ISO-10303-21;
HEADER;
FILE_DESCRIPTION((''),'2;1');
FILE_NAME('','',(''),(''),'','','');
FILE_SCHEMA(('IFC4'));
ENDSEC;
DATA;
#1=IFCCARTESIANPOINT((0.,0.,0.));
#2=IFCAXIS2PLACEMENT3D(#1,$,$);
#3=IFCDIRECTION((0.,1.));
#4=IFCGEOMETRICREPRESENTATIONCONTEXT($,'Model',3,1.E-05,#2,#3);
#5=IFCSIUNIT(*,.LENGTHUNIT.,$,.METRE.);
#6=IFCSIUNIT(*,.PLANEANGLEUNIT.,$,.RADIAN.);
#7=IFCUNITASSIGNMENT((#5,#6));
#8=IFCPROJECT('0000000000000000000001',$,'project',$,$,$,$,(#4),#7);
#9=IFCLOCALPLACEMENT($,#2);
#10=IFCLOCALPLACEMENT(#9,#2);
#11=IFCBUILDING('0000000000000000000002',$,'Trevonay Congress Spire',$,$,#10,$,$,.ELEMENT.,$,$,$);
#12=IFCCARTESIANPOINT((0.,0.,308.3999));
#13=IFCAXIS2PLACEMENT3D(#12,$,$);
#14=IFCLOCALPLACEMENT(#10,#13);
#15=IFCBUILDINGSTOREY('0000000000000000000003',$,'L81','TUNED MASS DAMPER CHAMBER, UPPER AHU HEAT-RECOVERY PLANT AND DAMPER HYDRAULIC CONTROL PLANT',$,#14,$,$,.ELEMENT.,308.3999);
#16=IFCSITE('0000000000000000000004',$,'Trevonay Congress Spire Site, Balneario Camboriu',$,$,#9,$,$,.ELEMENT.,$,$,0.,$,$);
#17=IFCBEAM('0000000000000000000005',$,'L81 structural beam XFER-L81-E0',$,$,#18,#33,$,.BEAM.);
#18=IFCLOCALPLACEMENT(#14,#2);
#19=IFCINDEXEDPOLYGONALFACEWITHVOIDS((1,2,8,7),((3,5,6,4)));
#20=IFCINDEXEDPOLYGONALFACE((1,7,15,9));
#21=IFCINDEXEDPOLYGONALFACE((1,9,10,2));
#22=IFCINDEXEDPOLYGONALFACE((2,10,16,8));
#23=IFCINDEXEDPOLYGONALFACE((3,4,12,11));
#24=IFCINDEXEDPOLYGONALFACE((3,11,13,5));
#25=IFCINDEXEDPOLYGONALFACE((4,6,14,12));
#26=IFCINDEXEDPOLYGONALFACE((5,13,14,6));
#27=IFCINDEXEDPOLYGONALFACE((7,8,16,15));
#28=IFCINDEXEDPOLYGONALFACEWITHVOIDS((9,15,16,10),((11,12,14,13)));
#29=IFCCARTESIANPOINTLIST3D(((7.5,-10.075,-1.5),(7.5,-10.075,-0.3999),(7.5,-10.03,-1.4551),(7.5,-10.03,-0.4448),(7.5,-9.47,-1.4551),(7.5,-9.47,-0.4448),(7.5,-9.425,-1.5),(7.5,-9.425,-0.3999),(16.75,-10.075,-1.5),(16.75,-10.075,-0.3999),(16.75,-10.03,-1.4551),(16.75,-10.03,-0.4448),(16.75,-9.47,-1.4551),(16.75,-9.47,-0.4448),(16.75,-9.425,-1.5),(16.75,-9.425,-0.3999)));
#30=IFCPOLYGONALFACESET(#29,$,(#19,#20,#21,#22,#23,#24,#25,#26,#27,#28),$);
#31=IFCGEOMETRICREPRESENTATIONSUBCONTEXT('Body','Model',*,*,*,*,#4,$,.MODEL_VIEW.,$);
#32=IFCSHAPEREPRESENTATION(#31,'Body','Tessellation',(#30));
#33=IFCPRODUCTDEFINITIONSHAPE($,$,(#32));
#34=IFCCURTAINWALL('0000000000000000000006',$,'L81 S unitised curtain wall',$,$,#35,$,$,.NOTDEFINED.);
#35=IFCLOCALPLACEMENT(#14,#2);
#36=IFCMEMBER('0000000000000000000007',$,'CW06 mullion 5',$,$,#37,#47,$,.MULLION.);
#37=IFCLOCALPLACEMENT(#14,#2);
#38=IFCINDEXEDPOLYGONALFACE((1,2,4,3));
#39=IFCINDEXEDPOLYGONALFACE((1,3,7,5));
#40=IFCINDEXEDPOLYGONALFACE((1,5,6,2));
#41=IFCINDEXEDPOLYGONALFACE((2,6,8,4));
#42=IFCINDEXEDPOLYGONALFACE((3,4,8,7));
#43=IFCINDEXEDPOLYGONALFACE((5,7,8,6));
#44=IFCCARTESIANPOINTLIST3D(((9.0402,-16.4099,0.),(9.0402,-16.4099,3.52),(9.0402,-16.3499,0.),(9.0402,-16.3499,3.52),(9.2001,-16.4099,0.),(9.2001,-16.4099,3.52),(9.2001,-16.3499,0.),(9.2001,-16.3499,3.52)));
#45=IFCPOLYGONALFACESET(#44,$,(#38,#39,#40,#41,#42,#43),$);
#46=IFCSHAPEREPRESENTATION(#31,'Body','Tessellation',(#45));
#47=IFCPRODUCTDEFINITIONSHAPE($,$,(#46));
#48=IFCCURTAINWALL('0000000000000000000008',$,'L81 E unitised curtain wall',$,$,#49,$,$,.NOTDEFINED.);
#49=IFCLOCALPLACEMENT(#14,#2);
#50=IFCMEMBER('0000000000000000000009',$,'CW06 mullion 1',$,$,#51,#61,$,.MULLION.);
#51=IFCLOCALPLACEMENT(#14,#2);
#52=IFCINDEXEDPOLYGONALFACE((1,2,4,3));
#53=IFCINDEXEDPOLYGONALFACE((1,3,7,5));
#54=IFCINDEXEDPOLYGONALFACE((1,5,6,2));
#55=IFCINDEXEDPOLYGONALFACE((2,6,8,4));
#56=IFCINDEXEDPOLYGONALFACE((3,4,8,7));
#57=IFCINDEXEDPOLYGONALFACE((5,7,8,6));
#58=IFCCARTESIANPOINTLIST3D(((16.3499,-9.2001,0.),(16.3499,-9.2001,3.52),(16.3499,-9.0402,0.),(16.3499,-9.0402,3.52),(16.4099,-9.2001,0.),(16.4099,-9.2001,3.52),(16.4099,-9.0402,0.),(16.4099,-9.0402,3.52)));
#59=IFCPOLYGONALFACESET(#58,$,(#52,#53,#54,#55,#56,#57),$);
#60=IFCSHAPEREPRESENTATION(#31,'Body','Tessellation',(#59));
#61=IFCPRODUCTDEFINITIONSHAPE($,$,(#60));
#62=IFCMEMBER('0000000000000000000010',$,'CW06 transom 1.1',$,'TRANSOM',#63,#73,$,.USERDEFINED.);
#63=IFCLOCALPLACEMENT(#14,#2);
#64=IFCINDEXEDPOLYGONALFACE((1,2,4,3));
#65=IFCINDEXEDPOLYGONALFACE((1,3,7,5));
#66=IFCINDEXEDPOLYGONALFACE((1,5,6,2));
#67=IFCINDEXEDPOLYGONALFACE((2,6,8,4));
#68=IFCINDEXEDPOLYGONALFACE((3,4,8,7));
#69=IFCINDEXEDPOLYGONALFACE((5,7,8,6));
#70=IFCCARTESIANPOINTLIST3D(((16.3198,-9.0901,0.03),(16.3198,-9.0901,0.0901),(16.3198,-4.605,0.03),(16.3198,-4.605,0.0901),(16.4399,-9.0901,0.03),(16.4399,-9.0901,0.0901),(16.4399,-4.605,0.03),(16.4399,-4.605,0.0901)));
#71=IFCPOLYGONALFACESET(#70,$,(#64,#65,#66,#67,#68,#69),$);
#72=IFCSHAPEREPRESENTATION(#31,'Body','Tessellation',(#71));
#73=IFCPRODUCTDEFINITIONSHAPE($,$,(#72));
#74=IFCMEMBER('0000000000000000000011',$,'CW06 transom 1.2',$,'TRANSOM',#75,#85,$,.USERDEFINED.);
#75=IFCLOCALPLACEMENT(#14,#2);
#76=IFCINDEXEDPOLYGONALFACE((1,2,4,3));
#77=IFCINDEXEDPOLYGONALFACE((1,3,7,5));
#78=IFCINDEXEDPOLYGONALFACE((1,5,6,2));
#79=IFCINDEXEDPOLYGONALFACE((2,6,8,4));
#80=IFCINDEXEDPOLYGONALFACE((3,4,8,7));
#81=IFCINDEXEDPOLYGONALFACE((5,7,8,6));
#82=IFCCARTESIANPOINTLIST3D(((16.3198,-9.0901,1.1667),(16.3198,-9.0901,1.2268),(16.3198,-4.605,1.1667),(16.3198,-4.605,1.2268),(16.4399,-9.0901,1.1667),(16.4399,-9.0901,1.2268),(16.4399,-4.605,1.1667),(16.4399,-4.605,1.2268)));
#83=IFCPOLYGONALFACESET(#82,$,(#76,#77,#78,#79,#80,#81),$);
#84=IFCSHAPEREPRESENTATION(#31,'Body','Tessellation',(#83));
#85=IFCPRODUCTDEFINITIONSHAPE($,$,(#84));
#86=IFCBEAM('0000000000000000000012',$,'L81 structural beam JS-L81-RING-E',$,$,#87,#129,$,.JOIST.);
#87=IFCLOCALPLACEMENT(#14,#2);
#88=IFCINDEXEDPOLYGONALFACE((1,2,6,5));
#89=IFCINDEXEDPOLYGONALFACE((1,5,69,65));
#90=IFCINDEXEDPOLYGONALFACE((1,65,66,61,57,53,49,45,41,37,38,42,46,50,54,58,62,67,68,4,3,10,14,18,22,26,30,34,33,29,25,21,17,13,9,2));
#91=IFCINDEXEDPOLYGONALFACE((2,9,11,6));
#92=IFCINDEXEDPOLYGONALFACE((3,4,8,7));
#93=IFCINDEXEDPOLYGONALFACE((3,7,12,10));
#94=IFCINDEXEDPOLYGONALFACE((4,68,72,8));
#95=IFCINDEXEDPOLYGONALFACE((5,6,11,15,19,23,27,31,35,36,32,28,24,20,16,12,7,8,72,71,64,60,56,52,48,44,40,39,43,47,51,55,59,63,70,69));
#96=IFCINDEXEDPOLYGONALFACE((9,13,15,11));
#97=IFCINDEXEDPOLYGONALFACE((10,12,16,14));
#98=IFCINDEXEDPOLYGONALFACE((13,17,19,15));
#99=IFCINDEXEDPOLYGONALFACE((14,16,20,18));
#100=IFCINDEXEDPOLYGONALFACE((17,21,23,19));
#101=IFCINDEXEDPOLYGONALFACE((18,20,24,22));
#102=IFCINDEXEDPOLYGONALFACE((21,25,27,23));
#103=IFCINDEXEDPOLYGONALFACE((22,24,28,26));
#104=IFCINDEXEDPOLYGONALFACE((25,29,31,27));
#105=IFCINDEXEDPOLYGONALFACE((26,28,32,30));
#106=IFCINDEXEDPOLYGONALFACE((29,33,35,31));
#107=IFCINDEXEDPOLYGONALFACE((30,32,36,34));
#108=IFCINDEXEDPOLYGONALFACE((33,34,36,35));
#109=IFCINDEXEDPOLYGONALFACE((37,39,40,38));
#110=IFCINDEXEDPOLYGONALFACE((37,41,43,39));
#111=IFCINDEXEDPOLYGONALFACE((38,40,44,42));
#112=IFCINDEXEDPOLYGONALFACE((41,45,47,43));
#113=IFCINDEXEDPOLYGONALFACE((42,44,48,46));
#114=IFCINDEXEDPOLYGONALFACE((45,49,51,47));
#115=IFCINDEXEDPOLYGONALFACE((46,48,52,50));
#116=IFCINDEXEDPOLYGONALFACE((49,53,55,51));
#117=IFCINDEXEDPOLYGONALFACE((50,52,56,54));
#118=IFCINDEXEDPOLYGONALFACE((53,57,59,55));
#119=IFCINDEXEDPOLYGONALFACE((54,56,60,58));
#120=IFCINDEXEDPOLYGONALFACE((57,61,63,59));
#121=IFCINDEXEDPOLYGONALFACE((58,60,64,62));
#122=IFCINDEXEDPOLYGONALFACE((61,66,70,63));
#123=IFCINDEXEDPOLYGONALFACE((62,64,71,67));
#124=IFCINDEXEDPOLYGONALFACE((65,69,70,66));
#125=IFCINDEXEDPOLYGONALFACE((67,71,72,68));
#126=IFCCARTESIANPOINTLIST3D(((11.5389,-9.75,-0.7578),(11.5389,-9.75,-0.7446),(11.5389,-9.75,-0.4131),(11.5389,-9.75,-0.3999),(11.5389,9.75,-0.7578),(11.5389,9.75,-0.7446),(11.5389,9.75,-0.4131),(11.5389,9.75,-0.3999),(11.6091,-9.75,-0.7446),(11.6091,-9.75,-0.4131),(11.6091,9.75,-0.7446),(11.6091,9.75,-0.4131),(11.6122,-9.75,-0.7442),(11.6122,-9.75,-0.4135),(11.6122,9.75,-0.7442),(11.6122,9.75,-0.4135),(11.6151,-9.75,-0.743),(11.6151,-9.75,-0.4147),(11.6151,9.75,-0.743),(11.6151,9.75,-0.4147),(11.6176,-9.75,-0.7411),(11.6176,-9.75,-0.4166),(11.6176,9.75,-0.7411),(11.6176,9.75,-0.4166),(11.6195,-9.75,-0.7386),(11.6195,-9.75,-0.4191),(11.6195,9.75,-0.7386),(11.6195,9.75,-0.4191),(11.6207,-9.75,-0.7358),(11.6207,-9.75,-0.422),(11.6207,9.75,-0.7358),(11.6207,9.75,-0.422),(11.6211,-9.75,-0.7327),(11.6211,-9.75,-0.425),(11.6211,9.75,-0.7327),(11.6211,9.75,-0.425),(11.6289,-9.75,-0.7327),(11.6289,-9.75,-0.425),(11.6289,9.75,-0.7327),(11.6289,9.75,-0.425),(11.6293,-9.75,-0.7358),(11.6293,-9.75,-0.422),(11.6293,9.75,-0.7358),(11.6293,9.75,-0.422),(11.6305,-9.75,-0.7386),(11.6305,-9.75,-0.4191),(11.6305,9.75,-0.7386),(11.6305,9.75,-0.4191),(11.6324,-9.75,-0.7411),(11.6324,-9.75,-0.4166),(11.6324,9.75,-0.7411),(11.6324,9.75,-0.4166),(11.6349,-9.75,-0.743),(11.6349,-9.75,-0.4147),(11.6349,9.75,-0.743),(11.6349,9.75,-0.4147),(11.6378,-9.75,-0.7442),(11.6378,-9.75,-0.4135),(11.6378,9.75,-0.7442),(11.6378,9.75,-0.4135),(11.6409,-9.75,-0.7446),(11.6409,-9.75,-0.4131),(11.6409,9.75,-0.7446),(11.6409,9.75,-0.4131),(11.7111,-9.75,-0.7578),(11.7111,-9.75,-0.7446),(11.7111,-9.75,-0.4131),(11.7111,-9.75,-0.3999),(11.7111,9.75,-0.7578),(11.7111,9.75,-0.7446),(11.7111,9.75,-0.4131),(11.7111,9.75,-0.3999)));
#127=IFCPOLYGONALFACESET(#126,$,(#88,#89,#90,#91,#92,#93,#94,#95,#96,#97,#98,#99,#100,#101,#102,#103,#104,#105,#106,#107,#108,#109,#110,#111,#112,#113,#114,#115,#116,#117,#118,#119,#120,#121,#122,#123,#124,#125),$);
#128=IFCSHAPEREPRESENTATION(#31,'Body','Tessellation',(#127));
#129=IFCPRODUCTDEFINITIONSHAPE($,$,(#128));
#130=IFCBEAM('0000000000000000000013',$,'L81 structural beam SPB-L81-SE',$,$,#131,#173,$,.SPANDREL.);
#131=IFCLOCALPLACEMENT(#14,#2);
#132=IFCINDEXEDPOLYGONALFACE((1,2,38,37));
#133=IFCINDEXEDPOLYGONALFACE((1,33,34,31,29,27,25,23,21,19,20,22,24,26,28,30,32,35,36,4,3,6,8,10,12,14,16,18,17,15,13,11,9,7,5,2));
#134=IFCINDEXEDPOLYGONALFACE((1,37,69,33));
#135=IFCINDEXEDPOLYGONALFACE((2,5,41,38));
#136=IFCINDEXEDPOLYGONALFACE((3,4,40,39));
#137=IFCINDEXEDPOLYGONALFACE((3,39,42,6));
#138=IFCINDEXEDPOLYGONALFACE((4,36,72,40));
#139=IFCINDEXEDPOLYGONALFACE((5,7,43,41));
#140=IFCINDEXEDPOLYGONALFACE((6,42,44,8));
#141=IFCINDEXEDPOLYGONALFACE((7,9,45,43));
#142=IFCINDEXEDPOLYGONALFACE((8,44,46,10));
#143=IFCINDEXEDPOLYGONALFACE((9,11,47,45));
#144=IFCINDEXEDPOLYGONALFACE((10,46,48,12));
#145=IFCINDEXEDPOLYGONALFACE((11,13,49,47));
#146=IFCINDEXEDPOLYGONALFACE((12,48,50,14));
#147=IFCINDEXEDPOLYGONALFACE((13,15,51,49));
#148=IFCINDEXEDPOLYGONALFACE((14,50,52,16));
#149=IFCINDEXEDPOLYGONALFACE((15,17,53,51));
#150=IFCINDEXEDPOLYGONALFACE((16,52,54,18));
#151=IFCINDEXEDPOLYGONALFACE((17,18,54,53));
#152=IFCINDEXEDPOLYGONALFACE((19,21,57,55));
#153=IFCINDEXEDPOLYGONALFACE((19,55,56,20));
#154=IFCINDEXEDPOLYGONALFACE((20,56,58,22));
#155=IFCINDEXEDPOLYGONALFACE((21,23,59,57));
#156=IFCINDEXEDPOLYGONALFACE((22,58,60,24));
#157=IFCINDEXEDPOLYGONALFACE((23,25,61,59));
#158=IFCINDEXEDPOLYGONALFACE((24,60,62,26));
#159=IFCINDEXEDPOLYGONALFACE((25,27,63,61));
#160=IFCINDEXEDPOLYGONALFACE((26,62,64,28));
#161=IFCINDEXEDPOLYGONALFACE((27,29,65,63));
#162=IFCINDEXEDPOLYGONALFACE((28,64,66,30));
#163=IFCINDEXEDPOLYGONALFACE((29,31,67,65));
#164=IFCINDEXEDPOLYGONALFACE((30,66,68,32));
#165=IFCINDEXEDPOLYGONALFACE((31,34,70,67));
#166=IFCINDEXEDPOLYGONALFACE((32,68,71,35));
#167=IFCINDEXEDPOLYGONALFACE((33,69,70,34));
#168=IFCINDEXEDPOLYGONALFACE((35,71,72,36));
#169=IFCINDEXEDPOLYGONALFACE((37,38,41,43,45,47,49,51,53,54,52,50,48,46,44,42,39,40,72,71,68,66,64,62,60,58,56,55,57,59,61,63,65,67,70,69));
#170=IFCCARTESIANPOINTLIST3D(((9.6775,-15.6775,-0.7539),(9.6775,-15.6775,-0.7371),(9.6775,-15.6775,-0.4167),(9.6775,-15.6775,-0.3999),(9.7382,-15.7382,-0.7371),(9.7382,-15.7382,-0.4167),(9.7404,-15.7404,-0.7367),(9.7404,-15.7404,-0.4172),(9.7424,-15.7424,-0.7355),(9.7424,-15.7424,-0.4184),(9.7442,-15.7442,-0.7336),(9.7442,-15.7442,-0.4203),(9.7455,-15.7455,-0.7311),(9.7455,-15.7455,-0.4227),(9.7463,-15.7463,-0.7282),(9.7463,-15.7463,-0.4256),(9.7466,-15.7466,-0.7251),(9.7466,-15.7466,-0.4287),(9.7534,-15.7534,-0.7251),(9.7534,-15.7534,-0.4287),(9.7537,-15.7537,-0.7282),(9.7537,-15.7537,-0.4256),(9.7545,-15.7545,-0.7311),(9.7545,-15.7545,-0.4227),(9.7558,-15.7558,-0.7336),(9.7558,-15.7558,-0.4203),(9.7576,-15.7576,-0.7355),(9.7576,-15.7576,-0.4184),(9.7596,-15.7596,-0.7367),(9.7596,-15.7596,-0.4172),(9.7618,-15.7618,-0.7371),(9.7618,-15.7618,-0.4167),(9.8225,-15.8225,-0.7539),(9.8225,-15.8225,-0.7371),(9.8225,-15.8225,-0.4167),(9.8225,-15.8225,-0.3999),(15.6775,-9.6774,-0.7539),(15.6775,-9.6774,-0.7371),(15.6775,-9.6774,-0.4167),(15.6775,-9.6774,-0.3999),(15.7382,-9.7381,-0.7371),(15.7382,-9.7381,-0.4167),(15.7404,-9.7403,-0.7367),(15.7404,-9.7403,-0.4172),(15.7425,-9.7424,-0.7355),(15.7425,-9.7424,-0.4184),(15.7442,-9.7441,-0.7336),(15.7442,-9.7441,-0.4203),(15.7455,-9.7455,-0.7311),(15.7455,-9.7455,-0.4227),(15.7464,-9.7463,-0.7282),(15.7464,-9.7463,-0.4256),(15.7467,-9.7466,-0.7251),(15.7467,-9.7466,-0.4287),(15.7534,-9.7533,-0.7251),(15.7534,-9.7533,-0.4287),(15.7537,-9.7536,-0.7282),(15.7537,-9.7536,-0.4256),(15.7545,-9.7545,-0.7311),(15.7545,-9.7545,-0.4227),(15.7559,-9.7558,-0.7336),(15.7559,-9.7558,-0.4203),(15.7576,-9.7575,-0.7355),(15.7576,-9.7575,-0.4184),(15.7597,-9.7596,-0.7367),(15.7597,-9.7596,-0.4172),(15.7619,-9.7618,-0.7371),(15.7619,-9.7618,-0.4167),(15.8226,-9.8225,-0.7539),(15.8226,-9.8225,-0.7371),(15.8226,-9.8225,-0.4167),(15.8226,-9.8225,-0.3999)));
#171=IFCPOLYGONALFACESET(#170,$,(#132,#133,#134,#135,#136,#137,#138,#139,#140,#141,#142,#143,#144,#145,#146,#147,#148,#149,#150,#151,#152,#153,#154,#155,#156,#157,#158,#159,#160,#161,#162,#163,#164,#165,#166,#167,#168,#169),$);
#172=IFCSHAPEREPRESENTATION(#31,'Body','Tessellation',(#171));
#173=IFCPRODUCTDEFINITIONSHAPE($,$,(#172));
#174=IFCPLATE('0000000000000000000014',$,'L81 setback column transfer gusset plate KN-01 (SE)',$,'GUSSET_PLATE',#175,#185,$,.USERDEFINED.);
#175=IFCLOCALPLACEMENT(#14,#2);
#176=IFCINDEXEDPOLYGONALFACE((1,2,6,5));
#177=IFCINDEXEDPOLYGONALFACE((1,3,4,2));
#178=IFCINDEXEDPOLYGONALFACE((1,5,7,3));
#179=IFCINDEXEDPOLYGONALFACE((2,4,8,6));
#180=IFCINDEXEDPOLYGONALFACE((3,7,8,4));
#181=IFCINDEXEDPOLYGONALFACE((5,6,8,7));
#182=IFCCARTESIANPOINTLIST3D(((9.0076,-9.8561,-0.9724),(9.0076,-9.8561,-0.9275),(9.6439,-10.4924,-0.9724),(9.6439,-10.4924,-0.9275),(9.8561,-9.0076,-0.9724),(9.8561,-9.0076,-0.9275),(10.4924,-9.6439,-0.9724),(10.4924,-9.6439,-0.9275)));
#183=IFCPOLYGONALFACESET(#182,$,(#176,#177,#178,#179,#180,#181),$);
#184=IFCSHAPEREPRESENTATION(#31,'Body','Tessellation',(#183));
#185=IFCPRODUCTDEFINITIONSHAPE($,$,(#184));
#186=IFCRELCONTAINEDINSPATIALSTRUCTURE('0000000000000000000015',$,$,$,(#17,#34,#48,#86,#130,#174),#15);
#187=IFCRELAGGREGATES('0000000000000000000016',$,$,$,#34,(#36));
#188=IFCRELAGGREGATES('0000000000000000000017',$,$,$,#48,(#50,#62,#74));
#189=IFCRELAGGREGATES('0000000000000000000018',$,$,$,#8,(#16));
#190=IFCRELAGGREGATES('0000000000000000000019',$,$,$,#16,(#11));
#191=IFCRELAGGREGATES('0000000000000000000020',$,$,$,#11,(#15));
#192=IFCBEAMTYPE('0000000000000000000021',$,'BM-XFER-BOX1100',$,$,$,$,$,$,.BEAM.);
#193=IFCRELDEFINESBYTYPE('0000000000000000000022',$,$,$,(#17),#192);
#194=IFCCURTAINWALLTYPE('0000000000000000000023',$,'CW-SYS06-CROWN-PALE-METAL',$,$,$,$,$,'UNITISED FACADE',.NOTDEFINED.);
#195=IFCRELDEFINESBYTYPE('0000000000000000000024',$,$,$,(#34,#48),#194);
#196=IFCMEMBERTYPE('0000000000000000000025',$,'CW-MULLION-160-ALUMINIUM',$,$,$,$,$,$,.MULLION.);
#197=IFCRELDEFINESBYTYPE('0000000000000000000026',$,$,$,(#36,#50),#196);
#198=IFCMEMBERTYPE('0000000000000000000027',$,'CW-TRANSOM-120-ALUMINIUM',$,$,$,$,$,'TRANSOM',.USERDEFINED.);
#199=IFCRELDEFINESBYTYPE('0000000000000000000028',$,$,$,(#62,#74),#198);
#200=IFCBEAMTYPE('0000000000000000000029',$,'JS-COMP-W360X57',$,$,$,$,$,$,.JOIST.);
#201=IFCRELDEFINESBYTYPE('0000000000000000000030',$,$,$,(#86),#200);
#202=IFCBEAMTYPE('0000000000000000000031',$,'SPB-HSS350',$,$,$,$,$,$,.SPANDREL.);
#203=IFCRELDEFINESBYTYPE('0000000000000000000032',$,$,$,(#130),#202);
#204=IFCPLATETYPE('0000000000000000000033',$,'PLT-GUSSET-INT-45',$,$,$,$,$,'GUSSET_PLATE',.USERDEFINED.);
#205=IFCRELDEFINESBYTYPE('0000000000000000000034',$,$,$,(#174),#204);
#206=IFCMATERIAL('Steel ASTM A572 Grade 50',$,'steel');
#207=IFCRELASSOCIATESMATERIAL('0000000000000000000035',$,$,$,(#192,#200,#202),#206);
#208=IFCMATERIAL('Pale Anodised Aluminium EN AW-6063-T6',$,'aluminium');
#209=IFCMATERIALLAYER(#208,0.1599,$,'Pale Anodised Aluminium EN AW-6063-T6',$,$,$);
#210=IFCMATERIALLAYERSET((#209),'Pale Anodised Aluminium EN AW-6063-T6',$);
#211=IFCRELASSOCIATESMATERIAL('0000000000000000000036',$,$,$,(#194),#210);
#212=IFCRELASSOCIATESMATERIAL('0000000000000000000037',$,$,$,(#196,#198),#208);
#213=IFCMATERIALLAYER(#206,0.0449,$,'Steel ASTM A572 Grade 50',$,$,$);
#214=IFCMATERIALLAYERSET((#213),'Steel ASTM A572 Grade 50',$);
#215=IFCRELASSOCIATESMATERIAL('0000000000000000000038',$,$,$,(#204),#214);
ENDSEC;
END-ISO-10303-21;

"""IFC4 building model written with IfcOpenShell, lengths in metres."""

from ifc_helpers import new_model, si_unit, direction, frame, origin, origin_2d, place, context, subcontext, project, spatial, rectangle, hollow_rectangle, i_section, extrude, material, layer, layer_set, material_profile, profile_set, type_object, element, aggregate, save


model = new_model("IFC4")

# Units and contexts
model_context = context("Model", 3, precision=1e-05, world=origin(), true_north=direction((0.0, 1.0)))
body_context = subcontext(model_context, "Body", "Model", "MODEL_VIEW")
ifc_project = project(units=[si_unit("LENGTHUNIT", "METRE"), si_unit("PLANEANGLEUNIT", "RADIAN")], contexts=[model_context])

# Site, building, storey
site_placement = place(None, origin())
site = spatial("IfcSite", under=ifc_project, at=site_placement, Name="Trevonay Congress Spire Site, Balneario Camboriu", CompositionType="ELEMENT", RefElevation=0.0)
building_placement = place(site_placement, origin())
building = spatial("IfcBuilding", under=site, at=building_placement, Name="Trevonay Congress Spire", CompositionType="ELEMENT")
storey_placement = place(building_placement, frame((0.0, 0.0, 308.3999)))
storey = spatial("IfcBuildingStorey", under=building, at=storey_placement, Name="L81", Description="TUNED MASS DAMPER CHAMBER, UPPER AHU HEAT-RECOVERY PLANT AND DAMPER HYDRAULIC CONTROL PLANT", CompositionType="ELEMENT", Elevation=308.3999)

# Shared definitions
ifc_material_1 = material(Name="Steel ASTM A572 Grade 50", Category="steel")

# Beam
ifc_material_profile_1 = material_profile(ifc_material_1, hollow_rectangle(XDim=0.6499, YDim=1.1001, WallThickness=0.0449, at=origin_2d()), Name="BOX 1100x650x45")
ifc_profile_set_1 = profile_set([ifc_material_profile_1], Name="Steel ASTM A572 Grade 50")
beam_type_1 = type_object("IfcBeamType", Name="BM-XFER-BOX1100", PredefinedType="BEAM", material=ifc_profile_set_1)
beam_1_placement = place(storey_placement, frame((7.5, -9.75, -0.95), z_axis=(1.0, 0.0, 0.0), x_axis=(0.0, 1.0, 0.0)))
element("IfcBeam", 1, at=beam_1_placement, inside=storey, type_object=beam_type_1, Name="L81 structural beam XFER-L81-E0", PredefinedType="BEAM", context=body_context, shape_type="SweptSolid", body=[
    extrude(hollow_rectangle(XDim=0.6499, YDim=1.1001, WallThickness=0.0449, at=origin_2d()), origin(), (0.0, 0.0, 1.0), 9.25),
])

# Curtain wall, member
ifc_material_2 = material(Name="Pale Anodised Aluminium EN AW-6063-T6", Category="aluminium")
ifc_layer_1 = layer(ifc_material_2, 0.1599, Name="Pale Anodised Aluminium EN AW-6063-T6")
ifc_layer_set_1 = layer_set([ifc_layer_1], Name="Pale Anodised Aluminium EN AW-6063-T6")
curtain_wall_type = type_object("IfcCurtainWallType", Name="CW-SYS06-CROWN-PALE-METAL", ElementType="UNITISED FACADE", PredefinedType="NOTDEFINED", material=ifc_layer_set_1)
curtain_wall_1_placement = place(storey_placement, origin())
curtain_wall_1 = element("IfcCurtainWall", 2, at=curtain_wall_1_placement, inside=storey, type_object=curtain_wall_type, Name="L81 S unitised curtain wall", PredefinedType="NOTDEFINED")
ifc_material_profile_2 = material_profile(ifc_material_2, rectangle(XDim=0.0601, YDim=0.1599, at=origin_2d()), Name="CW-MULLION-160-ALUMINIUM")
ifc_profile_set_2 = profile_set([ifc_material_profile_2], Name="Pale Anodised Aluminium EN AW-6063-T6")
member_type_1 = type_object("IfcMemberType", Name="CW-MULLION-160-ALUMINIUM", PredefinedType="MULLION", material=ifc_profile_set_2)
member_1_placement = place(storey_placement, frame((9.1201, -16.3799, 0.0), z_axis=(0.0, 0.0, 1.0), x_axis=(0.0, 1.0, 0.0)))
member_1 = element("IfcMember", 3, at=member_1_placement, type_object=member_type_1, Name="CW06 mullion 5", PredefinedType="MULLION", context=body_context, shape_type="SweptSolid", body=[
    extrude(rectangle(XDim=0.0601, YDim=0.1599, at=origin_2d()), origin(), (0.0, 0.0, 1.0), 3.52),
])
aggregate(curtain_wall_1, [member_1])

# Curtain wall, members
curtain_wall_2_placement = place(storey_placement, origin())
curtain_wall_2 = element("IfcCurtainWall", 4, at=curtain_wall_2_placement, inside=storey, type_object=curtain_wall_type, Name="L81 E unitised curtain wall", PredefinedType="NOTDEFINED")
member_2_placement = place(storey_placement, frame((16.3799, -9.1201, 0.0), z_axis=(0.0, 0.0, 1.0), x_axis=(-1.0, 0.0, 0.0)))
member_2 = element("IfcMember", 5, at=member_2_placement, type_object=member_type_1, Name="CW06 mullion 1", PredefinedType="MULLION", context=body_context, shape_type="SweptSolid", body=[
    extrude(rectangle(XDim=0.0601, YDim=0.1599, at=origin_2d()), origin(), (0.0, 0.0, 1.0), 3.52),
])
ifc_material_profile_3 = material_profile(ifc_material_2, rectangle(XDim=0.1201, YDim=0.0601, at=origin_2d()), Name="CW-TRANSOM-120-ALUMINIUM")
ifc_profile_set_3 = profile_set([ifc_material_profile_3], Name="Pale Anodised Aluminium EN AW-6063-T6")
member_type_2 = type_object("IfcMemberType", Name="CW-TRANSOM-120-ALUMINIUM", ElementType="TRANSOM", PredefinedType="USERDEFINED", material=ifc_profile_set_3)
member_3_placement = place(storey_placement, frame((16.3799, -9.0901, 0.0601), z_axis=(0.0, 1.0, 0.0), x_axis=(-1.0, 0.0, 0.0)))
member_3 = element("IfcMember", 6, at=member_3_placement, type_object=member_type_2, Name="CW06 transom 1.1", ObjectType="TRANSOM", PredefinedType="USERDEFINED", context=body_context, shape_type="SweptSolid", body=[
    extrude(rectangle(XDim=0.1201, YDim=0.0601, at=origin_2d()), origin(), (0.0, 0.0, 1.0), 4.4851),
])
member_4_placement = place(storey_placement, frame((16.3799, -9.0901, 1.1968), z_axis=(0.0, 1.0, 0.0), x_axis=(-1.0, 0.0, 0.0)))
member_4 = element("IfcMember", 7, at=member_4_placement, type_object=member_type_2, Name="CW06 transom 1.2", ObjectType="TRANSOM", PredefinedType="USERDEFINED", context=body_context, shape_type="SweptSolid", body=[
    extrude(rectangle(XDim=0.1201, YDim=0.0601, at=origin_2d()), origin(), (0.0, 0.0, 1.0), 4.4851),
])
aggregate(curtain_wall_2, [member_2, member_3, member_4])

# Beams
ifc_material_profile_4 = material_profile(ifc_material_1, i_section(OverallWidth=0.1721, OverallDepth=0.3579, WebThickness=0.0078, FlangeThickness=0.0132, FilletRadius=0.012, at=origin_2d()), Name="W360x57.8")
ifc_profile_set_4 = profile_set([ifc_material_profile_4], Name="Steel ASTM A572 Grade 50")
beam_type_2 = type_object("IfcBeamType", Name="JS-COMP-W360X57", PredefinedType="JOIST", material=ifc_profile_set_4)
beam_2_placement = place(storey_placement, frame((11.625, -9.75, -0.5789), z_axis=(0.0, 1.0, 0.0), x_axis=(-1.0, 0.0, 0.0)))
element("IfcBeam", 8, at=beam_2_placement, inside=storey, type_object=beam_type_2, Name="L81 structural beam JS-L81-RING-E", PredefinedType="JOIST", context=body_context, shape_type="SweptSolid", body=[
    extrude(i_section(OverallWidth=0.1721, OverallDepth=0.3579, WebThickness=0.0078, FlangeThickness=0.0132, FilletRadius=0.012, at=origin_2d()), origin(), (0.0, 0.0, 1.0), 19.5),
])
ifc_material_profile_5 = material_profile(ifc_material_1, i_section(OverallWidth=0.2051, OverallDepth=0.354, WebThickness=0.0095, FlangeThickness=0.0168, FilletRadius=0.012, at=origin_2d()), Name="W360x79")
ifc_profile_set_5 = profile_set([ifc_material_profile_5], Name="Steel ASTM A572 Grade 50")
beam_type_3 = type_object("IfcBeamType", Name="SPB-HSS350", PredefinedType="SPANDREL", material=ifc_profile_set_5)
beam_3_placement = place(storey_placement, frame((9.75, -15.75, -0.5769), z_axis=(0.707107, 0.707107, 0.0), x_axis=(-0.707107, 0.707107, 0.0)))
element("IfcBeam", 9, at=beam_3_placement, inside=storey, type_object=beam_type_3, Name="L81 structural beam SPB-L81-SE", PredefinedType="SPANDREL", context=body_context, shape_type="SweptSolid", body=[
    extrude(i_section(OverallWidth=0.2051, OverallDepth=0.354, WebThickness=0.0095, FlangeThickness=0.0168, FilletRadius=0.012, at=origin_2d()), origin(), (0.0, 0.0, 1.0), 8.4854),
])

# Plate
ifc_layer_2 = layer(ifc_material_1, 0.0449, Name="Steel ASTM A572 Grade 50")
ifc_layer_set_2 = layer_set([ifc_layer_2], Name="Steel ASTM A572 Grade 50")
plate_type = type_object("IfcPlateType", Name="PLT-GUSSET-INT-45", ElementType="GUSSET_PLATE", PredefinedType="USERDEFINED", material=ifc_layer_set_2)
plate_placement = place(storey_placement, frame((9.75, -9.75, -0.9724), z_axis=(0.0, 0.0, 1.0), x_axis=(0.707107, 0.707107, 0.0)))
element("IfcPlate", 10, at=plate_placement, inside=storey, type_object=plate_type, Name="L81 setback column transfer gusset plate KN-01 (SE)", ObjectType="GUSSET_PLATE", PredefinedType="USERDEFINED", context=body_context, shape_type="SweptSolid", body=[
    extrude(rectangle(XDim=1.2, YDim=0.8999, at=origin_2d()), origin(), (0.0, 0.0, 1.0), 0.0449),
])

save(model, "model.ifc")
